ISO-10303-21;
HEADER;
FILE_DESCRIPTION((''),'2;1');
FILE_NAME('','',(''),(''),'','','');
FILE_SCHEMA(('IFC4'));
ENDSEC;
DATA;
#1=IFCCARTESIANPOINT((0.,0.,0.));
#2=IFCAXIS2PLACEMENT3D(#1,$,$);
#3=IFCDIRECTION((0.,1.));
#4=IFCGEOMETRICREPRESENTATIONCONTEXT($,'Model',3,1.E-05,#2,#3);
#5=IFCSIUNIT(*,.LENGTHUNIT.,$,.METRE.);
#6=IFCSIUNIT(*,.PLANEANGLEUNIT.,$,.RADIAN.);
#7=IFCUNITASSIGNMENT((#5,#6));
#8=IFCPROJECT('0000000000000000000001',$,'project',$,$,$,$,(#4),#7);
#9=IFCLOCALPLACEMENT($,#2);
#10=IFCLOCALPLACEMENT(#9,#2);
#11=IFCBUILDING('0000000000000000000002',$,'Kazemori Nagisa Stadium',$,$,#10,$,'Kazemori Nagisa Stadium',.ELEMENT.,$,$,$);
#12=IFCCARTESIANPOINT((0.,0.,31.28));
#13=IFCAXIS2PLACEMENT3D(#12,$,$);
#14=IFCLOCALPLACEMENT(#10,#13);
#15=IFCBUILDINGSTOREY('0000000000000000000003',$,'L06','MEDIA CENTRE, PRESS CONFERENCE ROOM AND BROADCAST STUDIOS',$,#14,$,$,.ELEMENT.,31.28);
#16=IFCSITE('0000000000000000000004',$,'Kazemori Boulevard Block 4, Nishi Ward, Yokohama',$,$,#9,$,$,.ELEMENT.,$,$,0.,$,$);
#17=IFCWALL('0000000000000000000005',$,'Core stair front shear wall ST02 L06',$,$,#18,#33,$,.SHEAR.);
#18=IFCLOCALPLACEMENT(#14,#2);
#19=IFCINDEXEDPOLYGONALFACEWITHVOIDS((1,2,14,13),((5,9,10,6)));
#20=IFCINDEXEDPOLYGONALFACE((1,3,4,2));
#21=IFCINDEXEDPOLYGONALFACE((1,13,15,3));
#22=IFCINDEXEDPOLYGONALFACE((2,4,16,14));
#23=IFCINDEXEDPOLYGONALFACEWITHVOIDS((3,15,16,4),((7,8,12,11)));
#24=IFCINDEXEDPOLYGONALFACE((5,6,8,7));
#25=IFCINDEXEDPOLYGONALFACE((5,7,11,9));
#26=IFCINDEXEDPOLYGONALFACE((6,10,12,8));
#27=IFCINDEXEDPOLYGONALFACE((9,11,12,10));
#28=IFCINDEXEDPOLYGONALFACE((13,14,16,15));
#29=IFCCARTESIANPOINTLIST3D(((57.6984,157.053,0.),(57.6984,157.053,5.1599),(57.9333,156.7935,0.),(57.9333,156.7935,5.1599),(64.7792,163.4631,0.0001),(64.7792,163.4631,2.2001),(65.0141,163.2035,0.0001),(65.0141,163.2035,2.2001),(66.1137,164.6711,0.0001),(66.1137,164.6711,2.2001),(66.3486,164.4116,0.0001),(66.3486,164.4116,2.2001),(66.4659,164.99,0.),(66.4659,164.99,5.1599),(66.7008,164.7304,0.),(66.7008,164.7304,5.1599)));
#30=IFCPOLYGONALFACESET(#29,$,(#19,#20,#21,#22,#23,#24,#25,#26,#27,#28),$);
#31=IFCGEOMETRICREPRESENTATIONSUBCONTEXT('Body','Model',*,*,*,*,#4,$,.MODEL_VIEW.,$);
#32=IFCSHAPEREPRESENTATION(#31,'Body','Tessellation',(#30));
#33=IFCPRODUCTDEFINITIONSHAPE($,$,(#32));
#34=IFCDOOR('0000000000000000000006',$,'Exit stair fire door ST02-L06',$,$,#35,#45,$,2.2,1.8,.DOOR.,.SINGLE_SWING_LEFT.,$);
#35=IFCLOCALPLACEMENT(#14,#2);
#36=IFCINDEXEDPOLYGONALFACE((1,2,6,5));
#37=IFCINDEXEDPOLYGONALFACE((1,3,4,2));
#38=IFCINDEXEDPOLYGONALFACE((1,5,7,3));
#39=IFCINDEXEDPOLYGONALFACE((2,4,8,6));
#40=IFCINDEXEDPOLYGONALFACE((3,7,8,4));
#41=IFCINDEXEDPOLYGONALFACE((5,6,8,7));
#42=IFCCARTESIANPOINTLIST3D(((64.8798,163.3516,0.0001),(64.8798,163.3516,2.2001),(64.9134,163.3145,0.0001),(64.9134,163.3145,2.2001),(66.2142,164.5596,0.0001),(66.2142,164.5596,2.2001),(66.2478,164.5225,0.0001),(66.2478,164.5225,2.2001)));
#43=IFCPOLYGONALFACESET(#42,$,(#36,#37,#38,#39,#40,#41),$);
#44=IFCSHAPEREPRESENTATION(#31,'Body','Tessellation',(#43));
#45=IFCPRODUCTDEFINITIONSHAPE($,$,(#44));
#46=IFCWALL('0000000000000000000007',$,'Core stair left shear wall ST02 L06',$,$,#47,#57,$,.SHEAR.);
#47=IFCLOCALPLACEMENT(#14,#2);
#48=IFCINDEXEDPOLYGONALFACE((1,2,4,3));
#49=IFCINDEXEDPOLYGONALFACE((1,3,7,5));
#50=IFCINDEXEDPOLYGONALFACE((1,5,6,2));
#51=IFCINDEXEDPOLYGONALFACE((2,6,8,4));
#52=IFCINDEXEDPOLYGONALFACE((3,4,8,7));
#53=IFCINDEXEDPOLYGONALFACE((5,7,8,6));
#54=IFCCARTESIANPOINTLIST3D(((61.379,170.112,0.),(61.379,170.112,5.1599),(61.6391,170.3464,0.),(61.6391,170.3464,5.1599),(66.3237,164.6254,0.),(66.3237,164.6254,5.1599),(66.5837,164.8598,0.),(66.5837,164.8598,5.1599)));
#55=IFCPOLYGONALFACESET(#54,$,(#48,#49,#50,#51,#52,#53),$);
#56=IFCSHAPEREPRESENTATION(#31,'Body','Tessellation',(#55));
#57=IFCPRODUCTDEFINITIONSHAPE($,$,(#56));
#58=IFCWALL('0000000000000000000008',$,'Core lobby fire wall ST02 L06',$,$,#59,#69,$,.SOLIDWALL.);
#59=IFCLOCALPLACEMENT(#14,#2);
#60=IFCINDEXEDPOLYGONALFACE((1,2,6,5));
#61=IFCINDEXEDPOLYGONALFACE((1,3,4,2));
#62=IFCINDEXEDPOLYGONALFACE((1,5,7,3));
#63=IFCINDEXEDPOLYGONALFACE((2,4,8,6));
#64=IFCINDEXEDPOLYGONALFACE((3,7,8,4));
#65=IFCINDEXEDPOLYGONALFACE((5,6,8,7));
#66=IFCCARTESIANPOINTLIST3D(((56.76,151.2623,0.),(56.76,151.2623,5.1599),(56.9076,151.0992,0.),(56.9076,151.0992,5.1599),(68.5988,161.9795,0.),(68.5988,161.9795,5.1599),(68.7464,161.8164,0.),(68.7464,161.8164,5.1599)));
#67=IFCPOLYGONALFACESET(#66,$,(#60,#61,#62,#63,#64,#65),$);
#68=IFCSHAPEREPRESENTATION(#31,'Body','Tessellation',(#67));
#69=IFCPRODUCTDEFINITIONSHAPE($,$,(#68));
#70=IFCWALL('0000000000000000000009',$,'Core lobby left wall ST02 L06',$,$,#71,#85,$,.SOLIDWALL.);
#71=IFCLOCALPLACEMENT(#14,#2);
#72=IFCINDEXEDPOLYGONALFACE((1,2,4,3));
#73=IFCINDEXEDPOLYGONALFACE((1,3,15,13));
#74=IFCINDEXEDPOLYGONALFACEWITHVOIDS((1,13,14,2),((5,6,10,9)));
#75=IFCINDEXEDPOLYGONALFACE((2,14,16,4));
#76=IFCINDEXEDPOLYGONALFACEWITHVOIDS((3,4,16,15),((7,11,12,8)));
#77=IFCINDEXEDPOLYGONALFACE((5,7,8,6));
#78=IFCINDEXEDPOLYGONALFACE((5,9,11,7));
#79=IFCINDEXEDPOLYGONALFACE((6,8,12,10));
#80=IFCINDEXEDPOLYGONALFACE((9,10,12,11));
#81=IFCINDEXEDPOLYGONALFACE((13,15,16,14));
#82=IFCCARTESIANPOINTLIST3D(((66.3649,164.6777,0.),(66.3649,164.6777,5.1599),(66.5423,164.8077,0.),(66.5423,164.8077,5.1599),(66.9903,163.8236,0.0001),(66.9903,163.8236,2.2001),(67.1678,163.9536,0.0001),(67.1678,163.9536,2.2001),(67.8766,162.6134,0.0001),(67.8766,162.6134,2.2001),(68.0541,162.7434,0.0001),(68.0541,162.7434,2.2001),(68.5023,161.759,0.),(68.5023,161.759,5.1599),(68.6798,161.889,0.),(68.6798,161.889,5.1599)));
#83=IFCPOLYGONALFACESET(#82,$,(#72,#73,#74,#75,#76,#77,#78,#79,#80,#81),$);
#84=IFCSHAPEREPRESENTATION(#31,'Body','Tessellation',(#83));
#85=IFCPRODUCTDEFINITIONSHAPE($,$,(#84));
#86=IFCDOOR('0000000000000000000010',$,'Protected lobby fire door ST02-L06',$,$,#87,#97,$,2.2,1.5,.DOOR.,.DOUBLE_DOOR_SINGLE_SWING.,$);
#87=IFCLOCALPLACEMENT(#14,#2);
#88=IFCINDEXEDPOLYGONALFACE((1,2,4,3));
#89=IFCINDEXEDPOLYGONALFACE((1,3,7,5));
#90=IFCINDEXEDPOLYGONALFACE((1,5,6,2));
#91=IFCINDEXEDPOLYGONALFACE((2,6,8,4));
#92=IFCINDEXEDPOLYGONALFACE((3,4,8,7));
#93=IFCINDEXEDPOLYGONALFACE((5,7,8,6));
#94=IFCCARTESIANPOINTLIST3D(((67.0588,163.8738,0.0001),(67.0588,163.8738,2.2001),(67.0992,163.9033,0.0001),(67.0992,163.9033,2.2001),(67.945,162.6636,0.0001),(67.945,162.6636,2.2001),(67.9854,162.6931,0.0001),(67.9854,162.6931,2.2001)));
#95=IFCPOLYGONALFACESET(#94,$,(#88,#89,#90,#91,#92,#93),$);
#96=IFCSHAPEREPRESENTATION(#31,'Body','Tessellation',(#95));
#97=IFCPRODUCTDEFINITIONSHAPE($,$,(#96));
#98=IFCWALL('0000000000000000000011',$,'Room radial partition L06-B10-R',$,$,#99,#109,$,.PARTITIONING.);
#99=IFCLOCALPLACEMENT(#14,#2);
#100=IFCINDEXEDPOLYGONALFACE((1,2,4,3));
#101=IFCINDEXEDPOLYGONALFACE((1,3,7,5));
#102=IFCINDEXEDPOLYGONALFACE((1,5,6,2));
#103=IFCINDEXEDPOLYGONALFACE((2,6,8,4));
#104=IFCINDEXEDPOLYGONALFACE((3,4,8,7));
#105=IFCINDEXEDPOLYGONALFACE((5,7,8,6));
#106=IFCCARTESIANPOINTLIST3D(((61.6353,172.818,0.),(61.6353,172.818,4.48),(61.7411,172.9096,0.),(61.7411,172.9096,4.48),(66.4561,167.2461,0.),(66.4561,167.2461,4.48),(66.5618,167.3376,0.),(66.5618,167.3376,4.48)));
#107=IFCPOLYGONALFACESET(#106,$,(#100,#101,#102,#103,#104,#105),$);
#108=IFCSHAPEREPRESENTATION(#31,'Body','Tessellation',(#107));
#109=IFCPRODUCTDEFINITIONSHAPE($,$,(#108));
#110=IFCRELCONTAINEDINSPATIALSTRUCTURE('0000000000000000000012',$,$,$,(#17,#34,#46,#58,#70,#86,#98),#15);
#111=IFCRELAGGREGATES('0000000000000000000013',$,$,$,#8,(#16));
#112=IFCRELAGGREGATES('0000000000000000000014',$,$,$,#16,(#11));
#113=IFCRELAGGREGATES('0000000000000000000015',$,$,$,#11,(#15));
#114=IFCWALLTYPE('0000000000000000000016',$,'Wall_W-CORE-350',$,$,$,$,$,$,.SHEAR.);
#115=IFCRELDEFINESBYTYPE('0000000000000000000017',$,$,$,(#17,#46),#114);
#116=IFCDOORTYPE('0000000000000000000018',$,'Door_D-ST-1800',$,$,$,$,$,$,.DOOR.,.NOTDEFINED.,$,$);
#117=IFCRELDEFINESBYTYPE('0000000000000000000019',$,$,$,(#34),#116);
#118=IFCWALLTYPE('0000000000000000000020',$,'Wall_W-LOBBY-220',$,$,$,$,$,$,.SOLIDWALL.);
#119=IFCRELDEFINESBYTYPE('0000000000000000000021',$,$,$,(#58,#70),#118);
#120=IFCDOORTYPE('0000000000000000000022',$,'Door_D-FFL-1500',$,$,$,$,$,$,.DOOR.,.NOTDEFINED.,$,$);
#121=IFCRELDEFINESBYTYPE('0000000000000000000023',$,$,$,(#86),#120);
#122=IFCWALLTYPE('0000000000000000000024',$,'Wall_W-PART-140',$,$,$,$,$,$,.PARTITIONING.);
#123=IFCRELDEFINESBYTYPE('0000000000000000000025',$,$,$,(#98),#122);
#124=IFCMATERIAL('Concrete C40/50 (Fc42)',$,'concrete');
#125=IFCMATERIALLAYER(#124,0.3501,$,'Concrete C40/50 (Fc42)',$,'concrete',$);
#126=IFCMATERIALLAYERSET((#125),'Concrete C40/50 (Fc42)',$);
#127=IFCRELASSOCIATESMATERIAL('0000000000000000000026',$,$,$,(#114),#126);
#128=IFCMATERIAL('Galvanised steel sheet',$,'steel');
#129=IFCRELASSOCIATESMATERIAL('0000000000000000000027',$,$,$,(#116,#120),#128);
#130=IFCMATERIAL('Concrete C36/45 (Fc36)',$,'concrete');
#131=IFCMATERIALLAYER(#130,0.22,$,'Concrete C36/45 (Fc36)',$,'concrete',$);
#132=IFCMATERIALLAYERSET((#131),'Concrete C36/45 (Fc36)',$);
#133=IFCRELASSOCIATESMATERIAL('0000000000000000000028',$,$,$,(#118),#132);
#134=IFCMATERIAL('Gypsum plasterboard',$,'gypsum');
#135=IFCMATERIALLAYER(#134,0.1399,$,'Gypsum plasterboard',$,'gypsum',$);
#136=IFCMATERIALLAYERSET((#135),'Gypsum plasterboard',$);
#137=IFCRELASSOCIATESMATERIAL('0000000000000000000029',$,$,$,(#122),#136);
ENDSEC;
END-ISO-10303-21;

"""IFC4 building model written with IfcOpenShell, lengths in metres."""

from ifc_helpers import new_model, si_unit, direction, frame, frame_2d, origin, place, context, subcontext, project, spatial, rectangle, extrude, material, layer, layer_set, type_object, element, fill, save


model = new_model("IFC4")

# Units and contexts
model_context = context("Model", 3, precision=1e-05, world=origin(), true_north=direction((0.0, 1.0)))
body_context = subcontext(model_context, "Body", "Model", "MODEL_VIEW")
ifc_project = project(units=[si_unit("LENGTHUNIT", "METRE"), si_unit("PLANEANGLEUNIT", "RADIAN")], contexts=[model_context])

# Site, building, storey
site_placement = place(None, origin())
site = spatial("IfcSite", under=ifc_project, at=site_placement, Name="Kazemori Boulevard Block 4, Nishi Ward, Yokohama", CompositionType="ELEMENT", RefElevation=0.0)
building_placement = place(site_placement, origin())
building = spatial("IfcBuilding", under=site, at=building_placement, Name="Kazemori Nagisa Stadium", LongName="Kazemori Nagisa Stadium", CompositionType="ELEMENT")
storey_placement = place(building_placement, frame((0.0, 0.0, 31.28)))
storey = spatial("IfcBuildingStorey", under=building, at=storey_placement, Name="L06", Description="MEDIA CENTRE, PRESS CONFERENCE ROOM AND BROADCAST STUDIOS", CompositionType="ELEMENT", Elevation=31.28)

# Shared definitions
ifc_material_1 = material(Name="Concrete C40/50 (Fc42)", Category="concrete")

# Wall, opening, door
ifc_layer_1 = layer(ifc_material_1, 0.3501, Name="Concrete C40/50 (Fc42)", Category="concrete")
ifc_layer_set_1 = layer_set([ifc_layer_1], Name="Concrete C40/50 (Fc42)")
wall_type_1 = type_object("IfcWallType", Name="Wall_W-CORE-350", PredefinedType="SHEAR", material=ifc_layer_set_1)
wall_1_placement = place(storey_placement, frame((66.5833, 164.8601, 0.0), z_axis=(0.0, 0.0, 1.0), x_axis=(-0.741349, -0.67112, 0.0)))
wall_1 = element("IfcWall", 1, at=wall_1_placement, inside=storey, type_object=wall_type_1, Name="Core stair front shear wall ST02 L06", PredefinedType="SHEAR", context=body_context, shape_type="SweptSolid", body=[
    extrude(rectangle(XDim=11.8264, YDim=0.3501, at=frame_2d((5.9131, 0.0))), origin(), (0.0, 0.0, 1.0), 5.1599),
])
opening_1_placement = place(wall_1_placement, frame((0.4751, 0.0, 0.0)))
opening_1 = element("IfcOpeningElement", 2, at=opening_1_placement, cuts=wall_1, PredefinedType="OPENING", context=body_context, shape_type="SweptSolid", body=[
    extrude(rectangle(XDim=1.8, YDim=2.2, at=frame_2d((0.8999, 1.1001))), frame((0.0, 0.1851, 0.0), z_axis=(0.0, -1.0, 0.0), x_axis=(1.0, 0.0, 0.0)), (0.0, 0.0, 1.0), 0.3701),
])
ifc_material_2 = material(Name="Galvanised steel sheet", Category="steel")
door_type_1 = type_object("IfcDoorType", Name="Door_D-ST-1800", OperationType="NOTDEFINED", PredefinedType="DOOR", material=ifc_material_2)
door_1_placement = place(opening_1_placement, frame((1.8, 0.0, 0.0), z_axis=(0.0, 0.0, 1.0), x_axis=(-1.0, 0.0, 0.0)))
door_1 = element("IfcDoor", 3, at=door_1_placement, inside=storey, type_object=door_type_1, Name="Exit stair fire door ST02-L06", OperationType="SINGLE_SWING_LEFT", OverallHeight=2.2, OverallWidth=1.8, PredefinedType="DOOR", context=body_context, shape_type="SweptSolid", body=[
    extrude(rectangle(XDim=1.8, YDim=2.2, at=frame_2d((0.8999, 1.1001))), frame((0.0, 0.0249, 0.0), z_axis=(0.0, -1.0, 0.0), x_axis=(1.0, 0.0, 0.0)), (0.0, 0.0, 1.0), 0.05),
])
fill(opening_1, door_1)

# Walls
wall_2_placement = place(storey_placement, frame((66.4536, 164.7427, 0.0), z_axis=(0.0, 0.0, 1.0), x_axis=(-0.669463, 0.742845, 0.0)))
element("IfcWall", 4, at=wall_2_placement, inside=storey, type_object=wall_type_1, Name="Core stair left shear wall ST02 L06", PredefinedType="SHEAR", context=body_context, shape_type="SweptSolid", body=[
    extrude(rectangle(XDim=7.386, YDim=0.3501, at=frame_2d((3.6929, 0.0))), origin(), (0.0, 0.0, 1.0), 5.1599),
])
ifc_material_3 = material(Name="Concrete C36/45 (Fc36)", Category="concrete")
ifc_layer_2 = layer(ifc_material_3, 0.22, Name="Concrete C36/45 (Fc36)", Category="concrete")
ifc_layer_set_2 = layer_set([ifc_layer_2], Name="Concrete C36/45 (Fc36)")
wall_type_2 = type_object("IfcWallType", Name="Wall_W-LOBBY-220", PredefinedType="SOLIDWALL", material=ifc_layer_set_2)
wall_3_placement = place(storey_placement, frame((68.6726, 161.8979, 0.0), z_axis=(0.0, 0.0, 1.0), x_axis=(-0.741351, -0.671117, 0.0)))
element("IfcWall", 5, at=wall_3_placement, inside=storey, type_object=wall_type_2, Name="Core lobby fire wall ST02 L06", PredefinedType="SOLIDWALL", context=body_context, shape_type="SweptSolid", body=[
    extrude(rectangle(XDim=15.9692, YDim=0.22, at=frame_2d((7.9846, 0.0))), origin(), (0.0, 0.0, 1.0), 5.1599),
])

# Wall, opening, door
wall_4_placement = place(storey_placement, frame((68.5911, 161.824, 0.0), z_axis=(0.0, 0.0, 1.0), x_axis=(-0.590837, 0.806791, 0.0)))
wall_4 = element("IfcWall", 6, at=wall_4_placement, inside=storey, type_object=wall_type_2, Name="Core lobby left wall ST02 L06", PredefinedType="SOLIDWALL", context=body_context, shape_type="SweptSolid", body=[
    extrude(rectangle(XDim=3.6177, YDim=0.22, at=frame_2d((1.8088, 0.0))), origin(), (0.0, 0.0, 1.0), 5.1599),
])
opening_2_placement = place(wall_4_placement, frame((1.0591, 0.0, 0.0)))
opening_2 = element("IfcOpeningElement", 7, at=opening_2_placement, cuts=wall_4, PredefinedType="OPENING", context=body_context, shape_type="SweptSolid", body=[
    extrude(rectangle(XDim=1.5, YDim=2.2, at=frame_2d((0.75, 1.1001))), frame((0.0, 0.1199, 0.0), z_axis=(0.0, -1.0, 0.0), x_axis=(1.0, 0.0, 0.0)), (0.0, 0.0, 1.0), 0.24),
])
door_type_2 = type_object("IfcDoorType", Name="Door_D-FFL-1500", OperationType="NOTDEFINED", PredefinedType="DOOR", material=ifc_material_2)
door_2_placement = place(opening_2_placement, frame((1.5, 0.0, 0.0), z_axis=(0.0, 0.0, 1.0), x_axis=(-1.0, 0.0, 0.0)))
door_2 = element("IfcDoor", 8, at=door_2_placement, inside=storey, type_object=door_type_2, Name="Protected lobby fire door ST02-L06", OperationType="DOUBLE_DOOR_SINGLE_SWING", OverallHeight=2.2, OverallWidth=1.5, PredefinedType="DOOR", context=body_context, shape_type="SweptSolid", body=[
    extrude(rectangle(XDim=1.5, YDim=2.2, at=frame_2d((0.75, 1.1001))), frame((0.0, 0.0249, 0.0), z_axis=(0.0, -1.0, 0.0), x_axis=(1.0, 0.0, 0.0)), (0.0, 0.0, 1.0), 0.05),
])
fill(opening_2, door_2)

# Wall
ifc_material_4 = material(Name="Gypsum plasterboard", Category="gypsum")
ifc_layer_3 = layer(ifc_material_4, 0.1399, Name="Gypsum plasterboard", Category="gypsum")
ifc_layer_set_3 = layer_set([ifc_layer_3], Name="Gypsum plasterboard")
wall_type_3 = type_object("IfcWallType", Name="Wall_W-PART-140", PredefinedType="PARTITIONING", material=ifc_layer_set_3)
wall_5_placement = place(storey_placement, frame((66.509, 167.2917, 0.0), z_axis=(0.0, 0.0, 1.0), x_axis=(-0.654288, 0.756245, 0.0)))
element("IfcWall", 9, at=wall_5_placement, inside=storey, type_object=wall_type_3, Name="Room radial partition L06-B10-R", PredefinedType="PARTITIONING", context=body_context, shape_type="SweptSolid", body=[
    extrude(rectangle(XDim=7.3679, YDim=0.1399, at=frame_2d((3.6841, 0.0))), origin(), (0.0, 0.0, 1.0), 4.48),
])

save(model, "model.ifc")
